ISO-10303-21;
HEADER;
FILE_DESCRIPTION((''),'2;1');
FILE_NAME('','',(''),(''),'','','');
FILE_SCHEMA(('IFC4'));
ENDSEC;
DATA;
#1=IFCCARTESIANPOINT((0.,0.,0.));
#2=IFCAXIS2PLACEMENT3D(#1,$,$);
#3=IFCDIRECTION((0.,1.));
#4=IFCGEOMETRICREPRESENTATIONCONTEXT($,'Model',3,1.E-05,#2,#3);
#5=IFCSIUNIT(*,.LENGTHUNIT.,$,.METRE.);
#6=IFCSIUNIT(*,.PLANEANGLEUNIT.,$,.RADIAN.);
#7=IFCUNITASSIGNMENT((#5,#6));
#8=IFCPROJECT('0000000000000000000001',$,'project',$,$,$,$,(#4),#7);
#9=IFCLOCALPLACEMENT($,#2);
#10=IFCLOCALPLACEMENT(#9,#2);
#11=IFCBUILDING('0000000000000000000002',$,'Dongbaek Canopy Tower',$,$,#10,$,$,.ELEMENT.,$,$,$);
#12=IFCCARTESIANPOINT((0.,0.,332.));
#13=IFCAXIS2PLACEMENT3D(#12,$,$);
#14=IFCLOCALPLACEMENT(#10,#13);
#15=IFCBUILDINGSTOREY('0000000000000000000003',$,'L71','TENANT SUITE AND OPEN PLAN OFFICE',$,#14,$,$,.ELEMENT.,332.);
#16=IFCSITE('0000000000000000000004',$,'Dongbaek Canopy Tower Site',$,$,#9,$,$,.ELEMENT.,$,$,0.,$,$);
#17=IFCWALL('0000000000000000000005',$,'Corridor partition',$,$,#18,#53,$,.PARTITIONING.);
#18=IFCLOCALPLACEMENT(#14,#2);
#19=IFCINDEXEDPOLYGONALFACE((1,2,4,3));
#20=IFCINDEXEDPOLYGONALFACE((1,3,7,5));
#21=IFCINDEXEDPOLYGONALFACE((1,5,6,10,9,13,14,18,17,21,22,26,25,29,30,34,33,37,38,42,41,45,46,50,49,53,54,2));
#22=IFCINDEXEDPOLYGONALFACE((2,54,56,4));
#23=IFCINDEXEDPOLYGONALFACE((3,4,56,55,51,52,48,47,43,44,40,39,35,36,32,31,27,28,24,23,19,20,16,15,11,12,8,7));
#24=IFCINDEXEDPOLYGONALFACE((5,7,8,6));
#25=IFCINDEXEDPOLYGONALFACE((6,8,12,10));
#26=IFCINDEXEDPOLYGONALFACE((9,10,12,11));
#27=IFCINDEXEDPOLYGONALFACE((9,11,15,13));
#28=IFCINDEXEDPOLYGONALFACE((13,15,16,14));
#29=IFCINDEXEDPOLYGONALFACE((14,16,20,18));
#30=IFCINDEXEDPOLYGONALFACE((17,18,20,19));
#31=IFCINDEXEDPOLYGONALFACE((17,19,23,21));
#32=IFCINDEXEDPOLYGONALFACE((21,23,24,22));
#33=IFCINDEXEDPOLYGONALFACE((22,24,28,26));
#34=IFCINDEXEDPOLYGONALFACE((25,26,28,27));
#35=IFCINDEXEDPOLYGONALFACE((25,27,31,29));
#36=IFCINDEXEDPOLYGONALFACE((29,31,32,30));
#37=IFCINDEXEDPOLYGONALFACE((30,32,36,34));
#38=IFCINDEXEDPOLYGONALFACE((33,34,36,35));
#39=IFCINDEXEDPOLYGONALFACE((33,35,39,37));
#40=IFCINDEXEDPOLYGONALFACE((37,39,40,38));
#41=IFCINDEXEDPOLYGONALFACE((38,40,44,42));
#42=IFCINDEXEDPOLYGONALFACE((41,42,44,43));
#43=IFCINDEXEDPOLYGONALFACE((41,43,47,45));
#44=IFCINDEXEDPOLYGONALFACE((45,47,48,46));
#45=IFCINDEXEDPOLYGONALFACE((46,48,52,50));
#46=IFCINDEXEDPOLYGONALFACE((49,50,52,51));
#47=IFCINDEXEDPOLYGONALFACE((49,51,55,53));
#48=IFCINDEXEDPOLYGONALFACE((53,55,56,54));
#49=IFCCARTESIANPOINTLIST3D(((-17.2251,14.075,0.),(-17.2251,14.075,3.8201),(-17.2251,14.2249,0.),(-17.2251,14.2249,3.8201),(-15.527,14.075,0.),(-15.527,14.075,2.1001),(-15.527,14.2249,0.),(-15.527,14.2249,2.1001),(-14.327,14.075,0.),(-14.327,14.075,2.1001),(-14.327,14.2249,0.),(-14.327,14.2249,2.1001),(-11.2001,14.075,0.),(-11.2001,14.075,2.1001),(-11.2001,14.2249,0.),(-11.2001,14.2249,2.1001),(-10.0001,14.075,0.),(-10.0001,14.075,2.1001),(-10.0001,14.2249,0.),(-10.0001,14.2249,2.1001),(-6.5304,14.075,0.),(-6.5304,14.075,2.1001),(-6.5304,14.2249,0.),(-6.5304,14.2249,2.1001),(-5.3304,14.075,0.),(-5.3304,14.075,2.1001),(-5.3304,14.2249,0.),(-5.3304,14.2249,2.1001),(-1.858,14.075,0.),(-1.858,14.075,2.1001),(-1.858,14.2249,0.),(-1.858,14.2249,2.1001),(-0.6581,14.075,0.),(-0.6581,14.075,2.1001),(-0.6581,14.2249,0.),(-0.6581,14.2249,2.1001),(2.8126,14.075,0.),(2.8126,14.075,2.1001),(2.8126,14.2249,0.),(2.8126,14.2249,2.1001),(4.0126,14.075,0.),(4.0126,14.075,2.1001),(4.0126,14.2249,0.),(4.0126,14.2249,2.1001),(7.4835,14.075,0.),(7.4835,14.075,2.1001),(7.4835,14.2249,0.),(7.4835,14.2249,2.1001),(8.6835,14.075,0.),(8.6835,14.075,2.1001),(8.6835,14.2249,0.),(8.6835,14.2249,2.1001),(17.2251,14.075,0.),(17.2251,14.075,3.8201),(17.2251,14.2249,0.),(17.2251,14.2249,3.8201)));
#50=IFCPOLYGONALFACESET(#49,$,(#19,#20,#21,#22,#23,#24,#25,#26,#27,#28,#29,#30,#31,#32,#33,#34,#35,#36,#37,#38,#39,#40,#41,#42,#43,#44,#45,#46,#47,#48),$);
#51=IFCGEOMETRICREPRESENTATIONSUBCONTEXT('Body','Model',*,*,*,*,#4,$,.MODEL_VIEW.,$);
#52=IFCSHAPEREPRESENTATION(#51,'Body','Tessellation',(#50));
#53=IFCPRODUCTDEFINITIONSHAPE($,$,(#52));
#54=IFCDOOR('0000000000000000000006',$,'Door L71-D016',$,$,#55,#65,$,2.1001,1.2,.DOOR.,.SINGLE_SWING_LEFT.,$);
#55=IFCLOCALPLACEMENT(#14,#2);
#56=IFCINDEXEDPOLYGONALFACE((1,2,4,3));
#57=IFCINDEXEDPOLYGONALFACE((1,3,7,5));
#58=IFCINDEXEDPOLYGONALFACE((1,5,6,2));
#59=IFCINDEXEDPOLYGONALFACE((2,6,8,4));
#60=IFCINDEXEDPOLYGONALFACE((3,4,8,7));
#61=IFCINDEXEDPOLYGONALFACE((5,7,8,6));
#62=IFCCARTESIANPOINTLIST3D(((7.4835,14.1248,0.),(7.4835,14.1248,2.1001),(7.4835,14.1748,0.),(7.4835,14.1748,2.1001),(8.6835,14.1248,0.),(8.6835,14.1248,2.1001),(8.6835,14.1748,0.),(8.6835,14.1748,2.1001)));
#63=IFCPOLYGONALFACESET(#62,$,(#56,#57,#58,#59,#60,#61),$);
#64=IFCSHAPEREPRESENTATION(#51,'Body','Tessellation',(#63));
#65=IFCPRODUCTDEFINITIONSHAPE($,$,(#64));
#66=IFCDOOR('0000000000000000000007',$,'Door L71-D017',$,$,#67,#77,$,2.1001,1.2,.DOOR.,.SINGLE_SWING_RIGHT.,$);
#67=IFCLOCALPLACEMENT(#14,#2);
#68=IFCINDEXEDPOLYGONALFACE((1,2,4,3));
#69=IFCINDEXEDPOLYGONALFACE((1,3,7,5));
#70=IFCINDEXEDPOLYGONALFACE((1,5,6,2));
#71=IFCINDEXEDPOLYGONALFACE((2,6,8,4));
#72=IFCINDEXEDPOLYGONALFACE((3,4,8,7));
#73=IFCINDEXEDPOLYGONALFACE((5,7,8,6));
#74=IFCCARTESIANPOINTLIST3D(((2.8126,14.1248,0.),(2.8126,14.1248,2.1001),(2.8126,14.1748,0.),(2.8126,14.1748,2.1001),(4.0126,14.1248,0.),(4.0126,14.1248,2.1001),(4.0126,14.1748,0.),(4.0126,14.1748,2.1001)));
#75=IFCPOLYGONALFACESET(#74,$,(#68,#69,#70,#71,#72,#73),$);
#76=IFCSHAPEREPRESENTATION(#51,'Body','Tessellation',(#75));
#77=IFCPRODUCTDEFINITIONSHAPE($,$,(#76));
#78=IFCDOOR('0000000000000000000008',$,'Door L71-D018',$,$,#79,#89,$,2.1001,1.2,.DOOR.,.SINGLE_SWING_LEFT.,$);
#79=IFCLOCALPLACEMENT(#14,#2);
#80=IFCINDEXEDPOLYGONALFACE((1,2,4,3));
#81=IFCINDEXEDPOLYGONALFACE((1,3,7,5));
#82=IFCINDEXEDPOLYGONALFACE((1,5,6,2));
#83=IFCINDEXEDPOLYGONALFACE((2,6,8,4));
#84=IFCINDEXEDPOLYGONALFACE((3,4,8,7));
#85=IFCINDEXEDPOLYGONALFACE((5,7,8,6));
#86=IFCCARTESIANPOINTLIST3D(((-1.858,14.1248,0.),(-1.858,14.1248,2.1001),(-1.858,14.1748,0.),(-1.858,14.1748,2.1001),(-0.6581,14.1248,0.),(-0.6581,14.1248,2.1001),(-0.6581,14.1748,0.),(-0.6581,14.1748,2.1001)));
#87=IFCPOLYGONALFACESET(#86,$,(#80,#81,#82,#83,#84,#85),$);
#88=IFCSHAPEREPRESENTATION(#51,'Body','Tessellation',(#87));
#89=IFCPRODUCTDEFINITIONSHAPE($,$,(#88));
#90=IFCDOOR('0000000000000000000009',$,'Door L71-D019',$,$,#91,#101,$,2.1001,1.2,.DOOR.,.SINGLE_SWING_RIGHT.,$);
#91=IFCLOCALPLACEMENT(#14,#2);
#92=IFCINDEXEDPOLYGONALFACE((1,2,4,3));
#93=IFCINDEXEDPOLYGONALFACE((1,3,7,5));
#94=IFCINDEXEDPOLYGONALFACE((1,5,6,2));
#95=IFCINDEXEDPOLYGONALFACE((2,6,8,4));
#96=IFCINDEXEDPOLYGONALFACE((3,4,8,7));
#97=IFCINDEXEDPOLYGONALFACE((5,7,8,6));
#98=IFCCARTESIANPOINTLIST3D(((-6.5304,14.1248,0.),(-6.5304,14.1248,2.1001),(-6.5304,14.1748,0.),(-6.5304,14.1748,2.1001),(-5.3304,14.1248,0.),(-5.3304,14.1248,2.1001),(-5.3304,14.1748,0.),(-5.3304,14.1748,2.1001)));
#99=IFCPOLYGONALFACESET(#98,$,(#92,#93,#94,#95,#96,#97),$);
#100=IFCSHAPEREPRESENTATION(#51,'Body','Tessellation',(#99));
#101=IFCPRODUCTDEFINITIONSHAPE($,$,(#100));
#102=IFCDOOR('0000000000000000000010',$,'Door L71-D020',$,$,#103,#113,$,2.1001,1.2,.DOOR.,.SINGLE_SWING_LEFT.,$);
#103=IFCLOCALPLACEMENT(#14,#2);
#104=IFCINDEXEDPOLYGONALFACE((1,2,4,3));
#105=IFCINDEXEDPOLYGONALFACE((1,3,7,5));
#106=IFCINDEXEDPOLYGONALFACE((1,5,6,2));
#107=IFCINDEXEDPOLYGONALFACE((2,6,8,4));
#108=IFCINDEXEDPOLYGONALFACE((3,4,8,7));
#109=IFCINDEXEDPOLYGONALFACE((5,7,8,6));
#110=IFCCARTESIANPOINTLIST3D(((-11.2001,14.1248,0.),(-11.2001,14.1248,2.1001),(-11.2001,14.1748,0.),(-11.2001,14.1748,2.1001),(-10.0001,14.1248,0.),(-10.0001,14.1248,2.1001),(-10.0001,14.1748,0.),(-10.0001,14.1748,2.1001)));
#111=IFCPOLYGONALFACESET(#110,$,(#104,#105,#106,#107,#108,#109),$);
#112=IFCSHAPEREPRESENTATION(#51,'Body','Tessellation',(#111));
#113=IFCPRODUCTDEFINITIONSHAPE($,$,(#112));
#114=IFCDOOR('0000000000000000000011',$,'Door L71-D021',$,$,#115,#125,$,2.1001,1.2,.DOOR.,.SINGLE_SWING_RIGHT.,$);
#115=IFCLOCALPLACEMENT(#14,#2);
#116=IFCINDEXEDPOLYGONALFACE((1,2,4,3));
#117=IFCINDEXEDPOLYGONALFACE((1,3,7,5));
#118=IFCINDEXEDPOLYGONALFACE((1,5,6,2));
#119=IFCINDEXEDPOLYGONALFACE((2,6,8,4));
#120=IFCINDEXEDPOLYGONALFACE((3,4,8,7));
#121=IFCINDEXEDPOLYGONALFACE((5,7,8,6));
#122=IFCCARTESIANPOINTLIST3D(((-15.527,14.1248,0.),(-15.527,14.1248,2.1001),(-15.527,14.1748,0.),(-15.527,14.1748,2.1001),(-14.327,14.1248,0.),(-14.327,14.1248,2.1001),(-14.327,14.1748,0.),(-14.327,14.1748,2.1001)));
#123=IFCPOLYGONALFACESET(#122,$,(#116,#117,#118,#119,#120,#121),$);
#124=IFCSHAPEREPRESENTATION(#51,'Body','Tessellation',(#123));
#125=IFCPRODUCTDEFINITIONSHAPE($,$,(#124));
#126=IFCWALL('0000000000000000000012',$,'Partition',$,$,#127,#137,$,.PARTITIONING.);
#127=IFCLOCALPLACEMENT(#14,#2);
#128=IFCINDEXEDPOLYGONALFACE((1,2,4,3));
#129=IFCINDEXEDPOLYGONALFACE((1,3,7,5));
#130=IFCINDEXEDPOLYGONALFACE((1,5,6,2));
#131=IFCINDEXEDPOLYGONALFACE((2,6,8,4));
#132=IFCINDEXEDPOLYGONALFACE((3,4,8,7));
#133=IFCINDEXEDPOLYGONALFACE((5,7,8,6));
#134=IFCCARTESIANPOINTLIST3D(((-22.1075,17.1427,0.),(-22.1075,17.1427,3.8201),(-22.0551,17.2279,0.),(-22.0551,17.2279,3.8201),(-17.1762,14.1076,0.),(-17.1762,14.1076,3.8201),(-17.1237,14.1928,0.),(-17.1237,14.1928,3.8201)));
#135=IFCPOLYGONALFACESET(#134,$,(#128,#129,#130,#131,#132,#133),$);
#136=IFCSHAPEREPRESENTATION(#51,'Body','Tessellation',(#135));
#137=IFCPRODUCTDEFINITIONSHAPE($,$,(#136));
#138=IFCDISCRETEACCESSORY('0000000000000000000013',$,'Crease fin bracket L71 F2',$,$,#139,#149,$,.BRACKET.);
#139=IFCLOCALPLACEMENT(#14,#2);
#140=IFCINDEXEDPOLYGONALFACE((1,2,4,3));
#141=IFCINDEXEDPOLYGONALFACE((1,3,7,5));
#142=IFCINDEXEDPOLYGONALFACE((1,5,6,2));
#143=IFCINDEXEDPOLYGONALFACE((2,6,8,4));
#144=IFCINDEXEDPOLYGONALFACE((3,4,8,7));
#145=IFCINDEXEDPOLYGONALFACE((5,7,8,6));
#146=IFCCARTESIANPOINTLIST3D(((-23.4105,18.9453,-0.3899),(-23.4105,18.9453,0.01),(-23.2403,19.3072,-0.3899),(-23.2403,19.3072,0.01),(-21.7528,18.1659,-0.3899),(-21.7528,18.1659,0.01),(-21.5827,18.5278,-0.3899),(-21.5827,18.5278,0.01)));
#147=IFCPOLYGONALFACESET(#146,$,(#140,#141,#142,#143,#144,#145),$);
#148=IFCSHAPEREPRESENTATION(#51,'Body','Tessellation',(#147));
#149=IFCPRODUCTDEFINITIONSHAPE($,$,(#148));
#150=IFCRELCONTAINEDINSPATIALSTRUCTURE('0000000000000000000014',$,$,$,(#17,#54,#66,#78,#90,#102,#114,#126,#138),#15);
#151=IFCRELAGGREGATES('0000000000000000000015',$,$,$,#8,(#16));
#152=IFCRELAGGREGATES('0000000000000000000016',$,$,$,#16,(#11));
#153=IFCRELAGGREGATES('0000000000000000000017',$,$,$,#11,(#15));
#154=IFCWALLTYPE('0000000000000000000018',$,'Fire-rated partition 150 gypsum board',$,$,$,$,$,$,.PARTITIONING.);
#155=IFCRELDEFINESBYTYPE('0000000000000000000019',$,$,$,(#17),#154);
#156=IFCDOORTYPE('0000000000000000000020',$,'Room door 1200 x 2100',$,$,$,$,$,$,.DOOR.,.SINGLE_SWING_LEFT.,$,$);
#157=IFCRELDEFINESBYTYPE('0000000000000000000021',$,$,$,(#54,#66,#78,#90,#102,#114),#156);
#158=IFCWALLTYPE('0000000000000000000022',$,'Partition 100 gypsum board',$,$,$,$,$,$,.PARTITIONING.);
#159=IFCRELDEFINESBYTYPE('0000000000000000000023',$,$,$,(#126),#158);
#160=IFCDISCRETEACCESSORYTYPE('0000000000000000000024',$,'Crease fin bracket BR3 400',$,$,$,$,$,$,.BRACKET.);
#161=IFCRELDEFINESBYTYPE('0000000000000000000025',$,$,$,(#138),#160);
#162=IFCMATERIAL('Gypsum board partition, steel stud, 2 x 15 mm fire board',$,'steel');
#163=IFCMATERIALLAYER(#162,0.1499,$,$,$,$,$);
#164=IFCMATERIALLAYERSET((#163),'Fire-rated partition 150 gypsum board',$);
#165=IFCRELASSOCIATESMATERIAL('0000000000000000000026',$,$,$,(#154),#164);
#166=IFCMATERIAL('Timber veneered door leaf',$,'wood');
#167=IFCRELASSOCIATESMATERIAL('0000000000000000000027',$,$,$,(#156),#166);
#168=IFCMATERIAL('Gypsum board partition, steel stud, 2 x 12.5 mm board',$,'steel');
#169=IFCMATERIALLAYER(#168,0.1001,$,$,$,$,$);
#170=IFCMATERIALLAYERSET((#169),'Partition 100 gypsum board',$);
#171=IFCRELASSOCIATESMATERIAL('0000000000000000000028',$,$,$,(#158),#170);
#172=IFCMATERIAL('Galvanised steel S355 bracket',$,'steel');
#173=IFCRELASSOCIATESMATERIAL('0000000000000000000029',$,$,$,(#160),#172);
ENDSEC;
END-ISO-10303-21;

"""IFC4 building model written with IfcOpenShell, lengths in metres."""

from ifc_helpers import new_model, si_unit, direction, frame, frame_2d, origin, origin_2d, place, context, subcontext, project, spatial, rectangle, extrude, material, layer, layer_set, type_object, element, fill, save


model = new_model("IFC4")

# Units and contexts
model_context = context("Model", 3, precision=1e-05, world=origin(), true_north=direction((0.0, 1.0)))
body_context = subcontext(model_context, "Body", "Model", "MODEL_VIEW")
ifc_project = project(units=[si_unit("LENGTHUNIT", "METRE"), si_unit("PLANEANGLEUNIT", "RADIAN")], contexts=[model_context])

# Site, building, storey
site_placement = place(None, origin())
site = spatial("IfcSite", under=ifc_project, at=site_placement, Name="Dongbaek Canopy Tower Site", CompositionType="ELEMENT", RefElevation=0.0)
building_placement = place(site_placement, origin())
building = spatial("IfcBuilding", under=site, at=building_placement, Name="Dongbaek Canopy Tower", CompositionType="ELEMENT")
storey_placement = place(building_placement, frame((0.0, 0.0, 332.0)))
storey = spatial("IfcBuildingStorey", under=building, at=storey_placement, Name="L71", Description="TENANT SUITE AND OPEN PLAN OFFICE", CompositionType="ELEMENT", Elevation=332.0)

# Wall, openings, doors
ifc_material_1 = material(Name="Gypsum board partition, steel stud, 2 x 15 mm fire board", Category="steel")
ifc_layer_1 = layer(ifc_material_1, 0.1499)
ifc_layer_set_1 = layer_set([ifc_layer_1], Name="Fire-rated partition 150 gypsum board")
wall_type_1 = type_object("IfcWallType", Name="Fire-rated partition 150 gypsum board", PredefinedType="PARTITIONING", material=ifc_layer_set_1)
wall_1_placement = place(storey_placement, frame((-17.2251, 14.1499, 0.0), z_axis=(0.0, 0.0, 1.0), x_axis=(1.0, 0.0, 0.0)))
wall_1 = element("IfcWall", 1, at=wall_1_placement, inside=storey, type_object=wall_type_1, Name="Corridor partition", PredefinedType="PARTITIONING", context=body_context, shape_type="SweptSolid", body=[
    extrude(rectangle(XDim=34.4502, YDim=0.1499, at=frame_2d((17.2251, 0.0))), origin(), (0.0, 0.0, 1.0), 3.8201),
])
opening_1_placement = place(wall_1_placement, frame((24.7085, 0.0, 0.0)))
opening_1 = element("IfcOpeningElement", 2, at=opening_1_placement, cuts=wall_1, PredefinedType="OPENING", context=body_context, shape_type="SweptSolid", body=[
    extrude(rectangle(XDim=1.2, YDim=2.1001, at=frame_2d((0.6001, 1.05))), frame((0.0, 0.085, 0.0), z_axis=(0.0, -1.0, 0.0), x_axis=(1.0, 0.0, 0.0)), (0.0, 0.0, 1.0), 0.1699),
])
opening_2_placement = place(wall_1_placement, frame((20.0376, 0.0, 0.0)))
opening_2 = element("IfcOpeningElement", 3, at=opening_2_placement, cuts=wall_1, PredefinedType="OPENING", context=body_context, shape_type="SweptSolid", body=[
    extrude(rectangle(XDim=1.2, YDim=2.1001, at=frame_2d((0.6001, 1.05))), frame((0.0, 0.085, 0.0), z_axis=(0.0, -1.0, 0.0), x_axis=(1.0, 0.0, 0.0)), (0.0, 0.0, 1.0), 0.1699),
])
opening_3_placement = place(wall_1_placement, frame((15.3669, 0.0, 0.0)))
opening_3 = element("IfcOpeningElement", 4, at=opening_3_placement, cuts=wall_1, PredefinedType="OPENING", context=body_context, shape_type="SweptSolid", body=[
    extrude(rectangle(XDim=1.2, YDim=2.1001, at=frame_2d((0.6001, 1.05))), frame((0.0, 0.085, 0.0), z_axis=(0.0, -1.0, 0.0), x_axis=(1.0, 0.0, 0.0)), (0.0, 0.0, 1.0), 0.1699),
])
opening_4_placement = place(wall_1_placement, frame((10.6946, 0.0, 0.0)))
opening_4 = element("IfcOpeningElement", 5, at=opening_4_placement, cuts=wall_1, PredefinedType="OPENING", context=body_context, shape_type="SweptSolid", body=[
    extrude(rectangle(XDim=1.2, YDim=2.1001, at=frame_2d((0.6001, 1.05))), frame((0.0, 0.085, 0.0), z_axis=(0.0, -1.0, 0.0), x_axis=(1.0, 0.0, 0.0)), (0.0, 0.0, 1.0), 0.1699),
])
opening_5_placement = place(wall_1_placement, frame((6.0249, 0.0, 0.0)))
opening_5 = element("IfcOpeningElement", 6, at=opening_5_placement, cuts=wall_1, PredefinedType="OPENING", context=body_context, shape_type="SweptSolid", body=[
    extrude(rectangle(XDim=1.2, YDim=2.1001, at=frame_2d((0.6001, 1.05))), frame((0.0, 0.085, 0.0), z_axis=(0.0, -1.0, 0.0), x_axis=(1.0, 0.0, 0.0)), (0.0, 0.0, 1.0), 0.1699),
])
opening_6_placement = place(wall_1_placement, frame((1.698, 0.0, 0.0)))
opening_6 = element("IfcOpeningElement", 7, at=opening_6_placement, cuts=wall_1, PredefinedType="OPENING", context=body_context, shape_type="SweptSolid", body=[
    extrude(rectangle(XDim=1.2, YDim=2.1001, at=frame_2d((0.6001, 1.05))), frame((0.0, 0.085, 0.0), z_axis=(0.0, -1.0, 0.0), x_axis=(1.0, 0.0, 0.0)), (0.0, 0.0, 1.0), 0.1699),
])
ifc_material_2 = material(Name="Timber veneered door leaf", Category="wood")
door_type_1 = type_object("IfcDoorType", Name="Room door 1200 x 2100", OperationType="SINGLE_SWING_LEFT", PredefinedType="DOOR", material=ifc_material_2)
door_1_placement = place(opening_1_placement, origin())
door_1 = element("IfcDoor", 8, at=door_1_placement, inside=storey, type_object=door_type_1, Name="Door L71-D016", OperationType="SINGLE_SWING_LEFT", OverallHeight=2.1001, OverallWidth=1.2, PredefinedType="DOOR", context=body_context, shape_type="SweptSolid", body=[
    extrude(rectangle(XDim=1.2, YDim=2.1001, at=frame_2d((0.6001, 1.05))), frame((0.0, 0.0249, 0.0), z_axis=(0.0, -1.0, 0.0), x_axis=(1.0, 0.0, 0.0)), (0.0, 0.0, 1.0), 0.05),
])
fill(opening_1, door_1)
door_2_placement = place(opening_2_placement, origin())
door_2 = element("IfcDoor", 9, at=door_2_placement, inside=storey, type_object=door_type_1, Name="Door L71-D017", OperationType="SINGLE_SWING_RIGHT", OverallHeight=2.1001, OverallWidth=1.2, PredefinedType="DOOR", context=body_context, shape_type="SweptSolid", body=[
    extrude(rectangle(XDim=1.2, YDim=2.1001, at=frame_2d((0.6001, 1.05))), frame((0.0, 0.0249, 0.0), z_axis=(0.0, -1.0, 0.0), x_axis=(1.0, 0.0, 0.0)), (0.0, 0.0, 1.0), 0.05),
])
fill(opening_2, door_2)
door_3_placement = place(opening_3_placement, origin())
door_3 = element("IfcDoor", 10, at=door_3_placement, inside=storey, type_object=door_type_1, Name="Door L71-D018", OperationType="SINGLE_SWING_LEFT", OverallHeight=2.1001, OverallWidth=1.2, PredefinedType="DOOR", context=body_context, shape_type="SweptSolid", body=[
    extrude(rectangle(XDim=1.2, YDim=2.1001, at=frame_2d((0.6001, 1.05))), frame((0.0, 0.0249, 0.0), z_axis=(0.0, -1.0, 0.0), x_axis=(1.0, 0.0, 0.0)), (0.0, 0.0, 1.0), 0.05),
])
fill(opening_3, door_3)
door_4_placement = place(opening_4_placement, origin())
door_4 = element("IfcDoor", 11, at=door_4_placement, inside=storey, type_object=door_type_1, Name="Door L71-D019", OperationType="SINGLE_SWING_RIGHT", OverallHeight=2.1001, OverallWidth=1.2, PredefinedType="DOOR", context=body_context, shape_type="SweptSolid", body=[
    extrude(rectangle(XDim=1.2, YDim=2.1001, at=frame_2d((0.6001, 1.05))), frame((0.0, 0.0249, 0.0), z_axis=(0.0, -1.0, 0.0), x_axis=(1.0, 0.0, 0.0)), (0.0, 0.0, 1.0), 0.05),
])
fill(opening_4, door_4)
door_5_placement = place(opening_5_placement, origin())
door_5 = element("IfcDoor", 12, at=door_5_placement, inside=storey, type_object=door_type_1, Name="Door L71-D020", OperationType="SINGLE_SWING_LEFT", OverallHeight=2.1001, OverallWidth=1.2, PredefinedType="DOOR", context=body_context, shape_type="SweptSolid", body=[
    extrude(rectangle(XDim=1.2, YDim=2.1001, at=frame_2d((0.6001, 1.05))), frame((0.0, 0.0249, 0.0), z_axis=(0.0, -1.0, 0.0), x_axis=(1.0, 0.0, 0.0)), (0.0, 0.0, 1.0), 0.05),
])
fill(opening_5, door_5)
door_6_placement = place(opening_6_placement, origin())
door_6 = element("IfcDoor", 13, at=door_6_placement, inside=storey, type_object=door_type_1, Name="Door L71-D021", OperationType="SINGLE_SWING_RIGHT", OverallHeight=2.1001, OverallWidth=1.2, PredefinedType="DOOR", context=body_context, shape_type="SweptSolid", body=[
    extrude(rectangle(XDim=1.2, YDim=2.1001, at=frame_2d((0.6001, 1.05))), frame((0.0, 0.0249, 0.0), z_axis=(0.0, -1.0, 0.0), x_axis=(1.0, 0.0, 0.0)), (0.0, 0.0, 1.0), 0.05),
])
fill(opening_6, door_6)

# Wall
ifc_material_3 = material(Name="Gypsum board partition, steel stud, 2 x 12.5 mm board", Category="steel")
ifc_layer_2 = layer(ifc_material_3, 0.1001)
ifc_layer_set_2 = layer_set([ifc_layer_2], Name="Partition 100 gypsum board")
wall_type_2 = type_object("IfcWallType", Name="Partition 100 gypsum board", PredefinedType="PARTITIONING", material=ifc_layer_set_2)
wall_2_placement = place(storey_placement, frame((-22.0813, 17.1853, 0.0), z_axis=(0.0, 0.0, 1.0), x_axis=(0.851624, -0.524154, 0.0)))
element("IfcWall", 14, at=wall_2_placement, inside=storey, type_object=wall_type_2, Name="Partition", PredefinedType="PARTITIONING", context=body_context, shape_type="SweptSolid", body=[
    extrude(rectangle(XDim=5.7905, YDim=0.1001, at=frame_2d((2.8953, 0.0))), origin(), (0.0, 0.0, 1.0), 3.8201),
])

# Discrete accessory
ifc_material_4 = material(Name="Galvanised steel S355 bracket", Category="steel")
discrete_accessory_type = type_object("IfcDiscreteAccessoryType", Name="Crease fin bracket BR3 400", PredefinedType="BRACKET", material=ifc_material_4)
discrete_accessory_placement = place(storey_placement, frame((-22.4966, 18.7366, -0.3899), z_axis=(0.0, 0.0, 1.0), x_axis=(-0.904959, 0.4255, 0.0)))
element("IfcDiscreteAccessory", 15, at=discrete_accessory_placement, inside=storey, type_object=discrete_accessory_type, Name="Crease fin bracket L71 F2", PredefinedType="BRACKET", context=body_context, shape_type="SweptSolid", body=[
    extrude(rectangle(XDim=1.8318, YDim=0.3999, at=origin_2d()), origin(), (0.0, 0.0, 1.0), 0.3999),
])

save(model, "model.ifc")
